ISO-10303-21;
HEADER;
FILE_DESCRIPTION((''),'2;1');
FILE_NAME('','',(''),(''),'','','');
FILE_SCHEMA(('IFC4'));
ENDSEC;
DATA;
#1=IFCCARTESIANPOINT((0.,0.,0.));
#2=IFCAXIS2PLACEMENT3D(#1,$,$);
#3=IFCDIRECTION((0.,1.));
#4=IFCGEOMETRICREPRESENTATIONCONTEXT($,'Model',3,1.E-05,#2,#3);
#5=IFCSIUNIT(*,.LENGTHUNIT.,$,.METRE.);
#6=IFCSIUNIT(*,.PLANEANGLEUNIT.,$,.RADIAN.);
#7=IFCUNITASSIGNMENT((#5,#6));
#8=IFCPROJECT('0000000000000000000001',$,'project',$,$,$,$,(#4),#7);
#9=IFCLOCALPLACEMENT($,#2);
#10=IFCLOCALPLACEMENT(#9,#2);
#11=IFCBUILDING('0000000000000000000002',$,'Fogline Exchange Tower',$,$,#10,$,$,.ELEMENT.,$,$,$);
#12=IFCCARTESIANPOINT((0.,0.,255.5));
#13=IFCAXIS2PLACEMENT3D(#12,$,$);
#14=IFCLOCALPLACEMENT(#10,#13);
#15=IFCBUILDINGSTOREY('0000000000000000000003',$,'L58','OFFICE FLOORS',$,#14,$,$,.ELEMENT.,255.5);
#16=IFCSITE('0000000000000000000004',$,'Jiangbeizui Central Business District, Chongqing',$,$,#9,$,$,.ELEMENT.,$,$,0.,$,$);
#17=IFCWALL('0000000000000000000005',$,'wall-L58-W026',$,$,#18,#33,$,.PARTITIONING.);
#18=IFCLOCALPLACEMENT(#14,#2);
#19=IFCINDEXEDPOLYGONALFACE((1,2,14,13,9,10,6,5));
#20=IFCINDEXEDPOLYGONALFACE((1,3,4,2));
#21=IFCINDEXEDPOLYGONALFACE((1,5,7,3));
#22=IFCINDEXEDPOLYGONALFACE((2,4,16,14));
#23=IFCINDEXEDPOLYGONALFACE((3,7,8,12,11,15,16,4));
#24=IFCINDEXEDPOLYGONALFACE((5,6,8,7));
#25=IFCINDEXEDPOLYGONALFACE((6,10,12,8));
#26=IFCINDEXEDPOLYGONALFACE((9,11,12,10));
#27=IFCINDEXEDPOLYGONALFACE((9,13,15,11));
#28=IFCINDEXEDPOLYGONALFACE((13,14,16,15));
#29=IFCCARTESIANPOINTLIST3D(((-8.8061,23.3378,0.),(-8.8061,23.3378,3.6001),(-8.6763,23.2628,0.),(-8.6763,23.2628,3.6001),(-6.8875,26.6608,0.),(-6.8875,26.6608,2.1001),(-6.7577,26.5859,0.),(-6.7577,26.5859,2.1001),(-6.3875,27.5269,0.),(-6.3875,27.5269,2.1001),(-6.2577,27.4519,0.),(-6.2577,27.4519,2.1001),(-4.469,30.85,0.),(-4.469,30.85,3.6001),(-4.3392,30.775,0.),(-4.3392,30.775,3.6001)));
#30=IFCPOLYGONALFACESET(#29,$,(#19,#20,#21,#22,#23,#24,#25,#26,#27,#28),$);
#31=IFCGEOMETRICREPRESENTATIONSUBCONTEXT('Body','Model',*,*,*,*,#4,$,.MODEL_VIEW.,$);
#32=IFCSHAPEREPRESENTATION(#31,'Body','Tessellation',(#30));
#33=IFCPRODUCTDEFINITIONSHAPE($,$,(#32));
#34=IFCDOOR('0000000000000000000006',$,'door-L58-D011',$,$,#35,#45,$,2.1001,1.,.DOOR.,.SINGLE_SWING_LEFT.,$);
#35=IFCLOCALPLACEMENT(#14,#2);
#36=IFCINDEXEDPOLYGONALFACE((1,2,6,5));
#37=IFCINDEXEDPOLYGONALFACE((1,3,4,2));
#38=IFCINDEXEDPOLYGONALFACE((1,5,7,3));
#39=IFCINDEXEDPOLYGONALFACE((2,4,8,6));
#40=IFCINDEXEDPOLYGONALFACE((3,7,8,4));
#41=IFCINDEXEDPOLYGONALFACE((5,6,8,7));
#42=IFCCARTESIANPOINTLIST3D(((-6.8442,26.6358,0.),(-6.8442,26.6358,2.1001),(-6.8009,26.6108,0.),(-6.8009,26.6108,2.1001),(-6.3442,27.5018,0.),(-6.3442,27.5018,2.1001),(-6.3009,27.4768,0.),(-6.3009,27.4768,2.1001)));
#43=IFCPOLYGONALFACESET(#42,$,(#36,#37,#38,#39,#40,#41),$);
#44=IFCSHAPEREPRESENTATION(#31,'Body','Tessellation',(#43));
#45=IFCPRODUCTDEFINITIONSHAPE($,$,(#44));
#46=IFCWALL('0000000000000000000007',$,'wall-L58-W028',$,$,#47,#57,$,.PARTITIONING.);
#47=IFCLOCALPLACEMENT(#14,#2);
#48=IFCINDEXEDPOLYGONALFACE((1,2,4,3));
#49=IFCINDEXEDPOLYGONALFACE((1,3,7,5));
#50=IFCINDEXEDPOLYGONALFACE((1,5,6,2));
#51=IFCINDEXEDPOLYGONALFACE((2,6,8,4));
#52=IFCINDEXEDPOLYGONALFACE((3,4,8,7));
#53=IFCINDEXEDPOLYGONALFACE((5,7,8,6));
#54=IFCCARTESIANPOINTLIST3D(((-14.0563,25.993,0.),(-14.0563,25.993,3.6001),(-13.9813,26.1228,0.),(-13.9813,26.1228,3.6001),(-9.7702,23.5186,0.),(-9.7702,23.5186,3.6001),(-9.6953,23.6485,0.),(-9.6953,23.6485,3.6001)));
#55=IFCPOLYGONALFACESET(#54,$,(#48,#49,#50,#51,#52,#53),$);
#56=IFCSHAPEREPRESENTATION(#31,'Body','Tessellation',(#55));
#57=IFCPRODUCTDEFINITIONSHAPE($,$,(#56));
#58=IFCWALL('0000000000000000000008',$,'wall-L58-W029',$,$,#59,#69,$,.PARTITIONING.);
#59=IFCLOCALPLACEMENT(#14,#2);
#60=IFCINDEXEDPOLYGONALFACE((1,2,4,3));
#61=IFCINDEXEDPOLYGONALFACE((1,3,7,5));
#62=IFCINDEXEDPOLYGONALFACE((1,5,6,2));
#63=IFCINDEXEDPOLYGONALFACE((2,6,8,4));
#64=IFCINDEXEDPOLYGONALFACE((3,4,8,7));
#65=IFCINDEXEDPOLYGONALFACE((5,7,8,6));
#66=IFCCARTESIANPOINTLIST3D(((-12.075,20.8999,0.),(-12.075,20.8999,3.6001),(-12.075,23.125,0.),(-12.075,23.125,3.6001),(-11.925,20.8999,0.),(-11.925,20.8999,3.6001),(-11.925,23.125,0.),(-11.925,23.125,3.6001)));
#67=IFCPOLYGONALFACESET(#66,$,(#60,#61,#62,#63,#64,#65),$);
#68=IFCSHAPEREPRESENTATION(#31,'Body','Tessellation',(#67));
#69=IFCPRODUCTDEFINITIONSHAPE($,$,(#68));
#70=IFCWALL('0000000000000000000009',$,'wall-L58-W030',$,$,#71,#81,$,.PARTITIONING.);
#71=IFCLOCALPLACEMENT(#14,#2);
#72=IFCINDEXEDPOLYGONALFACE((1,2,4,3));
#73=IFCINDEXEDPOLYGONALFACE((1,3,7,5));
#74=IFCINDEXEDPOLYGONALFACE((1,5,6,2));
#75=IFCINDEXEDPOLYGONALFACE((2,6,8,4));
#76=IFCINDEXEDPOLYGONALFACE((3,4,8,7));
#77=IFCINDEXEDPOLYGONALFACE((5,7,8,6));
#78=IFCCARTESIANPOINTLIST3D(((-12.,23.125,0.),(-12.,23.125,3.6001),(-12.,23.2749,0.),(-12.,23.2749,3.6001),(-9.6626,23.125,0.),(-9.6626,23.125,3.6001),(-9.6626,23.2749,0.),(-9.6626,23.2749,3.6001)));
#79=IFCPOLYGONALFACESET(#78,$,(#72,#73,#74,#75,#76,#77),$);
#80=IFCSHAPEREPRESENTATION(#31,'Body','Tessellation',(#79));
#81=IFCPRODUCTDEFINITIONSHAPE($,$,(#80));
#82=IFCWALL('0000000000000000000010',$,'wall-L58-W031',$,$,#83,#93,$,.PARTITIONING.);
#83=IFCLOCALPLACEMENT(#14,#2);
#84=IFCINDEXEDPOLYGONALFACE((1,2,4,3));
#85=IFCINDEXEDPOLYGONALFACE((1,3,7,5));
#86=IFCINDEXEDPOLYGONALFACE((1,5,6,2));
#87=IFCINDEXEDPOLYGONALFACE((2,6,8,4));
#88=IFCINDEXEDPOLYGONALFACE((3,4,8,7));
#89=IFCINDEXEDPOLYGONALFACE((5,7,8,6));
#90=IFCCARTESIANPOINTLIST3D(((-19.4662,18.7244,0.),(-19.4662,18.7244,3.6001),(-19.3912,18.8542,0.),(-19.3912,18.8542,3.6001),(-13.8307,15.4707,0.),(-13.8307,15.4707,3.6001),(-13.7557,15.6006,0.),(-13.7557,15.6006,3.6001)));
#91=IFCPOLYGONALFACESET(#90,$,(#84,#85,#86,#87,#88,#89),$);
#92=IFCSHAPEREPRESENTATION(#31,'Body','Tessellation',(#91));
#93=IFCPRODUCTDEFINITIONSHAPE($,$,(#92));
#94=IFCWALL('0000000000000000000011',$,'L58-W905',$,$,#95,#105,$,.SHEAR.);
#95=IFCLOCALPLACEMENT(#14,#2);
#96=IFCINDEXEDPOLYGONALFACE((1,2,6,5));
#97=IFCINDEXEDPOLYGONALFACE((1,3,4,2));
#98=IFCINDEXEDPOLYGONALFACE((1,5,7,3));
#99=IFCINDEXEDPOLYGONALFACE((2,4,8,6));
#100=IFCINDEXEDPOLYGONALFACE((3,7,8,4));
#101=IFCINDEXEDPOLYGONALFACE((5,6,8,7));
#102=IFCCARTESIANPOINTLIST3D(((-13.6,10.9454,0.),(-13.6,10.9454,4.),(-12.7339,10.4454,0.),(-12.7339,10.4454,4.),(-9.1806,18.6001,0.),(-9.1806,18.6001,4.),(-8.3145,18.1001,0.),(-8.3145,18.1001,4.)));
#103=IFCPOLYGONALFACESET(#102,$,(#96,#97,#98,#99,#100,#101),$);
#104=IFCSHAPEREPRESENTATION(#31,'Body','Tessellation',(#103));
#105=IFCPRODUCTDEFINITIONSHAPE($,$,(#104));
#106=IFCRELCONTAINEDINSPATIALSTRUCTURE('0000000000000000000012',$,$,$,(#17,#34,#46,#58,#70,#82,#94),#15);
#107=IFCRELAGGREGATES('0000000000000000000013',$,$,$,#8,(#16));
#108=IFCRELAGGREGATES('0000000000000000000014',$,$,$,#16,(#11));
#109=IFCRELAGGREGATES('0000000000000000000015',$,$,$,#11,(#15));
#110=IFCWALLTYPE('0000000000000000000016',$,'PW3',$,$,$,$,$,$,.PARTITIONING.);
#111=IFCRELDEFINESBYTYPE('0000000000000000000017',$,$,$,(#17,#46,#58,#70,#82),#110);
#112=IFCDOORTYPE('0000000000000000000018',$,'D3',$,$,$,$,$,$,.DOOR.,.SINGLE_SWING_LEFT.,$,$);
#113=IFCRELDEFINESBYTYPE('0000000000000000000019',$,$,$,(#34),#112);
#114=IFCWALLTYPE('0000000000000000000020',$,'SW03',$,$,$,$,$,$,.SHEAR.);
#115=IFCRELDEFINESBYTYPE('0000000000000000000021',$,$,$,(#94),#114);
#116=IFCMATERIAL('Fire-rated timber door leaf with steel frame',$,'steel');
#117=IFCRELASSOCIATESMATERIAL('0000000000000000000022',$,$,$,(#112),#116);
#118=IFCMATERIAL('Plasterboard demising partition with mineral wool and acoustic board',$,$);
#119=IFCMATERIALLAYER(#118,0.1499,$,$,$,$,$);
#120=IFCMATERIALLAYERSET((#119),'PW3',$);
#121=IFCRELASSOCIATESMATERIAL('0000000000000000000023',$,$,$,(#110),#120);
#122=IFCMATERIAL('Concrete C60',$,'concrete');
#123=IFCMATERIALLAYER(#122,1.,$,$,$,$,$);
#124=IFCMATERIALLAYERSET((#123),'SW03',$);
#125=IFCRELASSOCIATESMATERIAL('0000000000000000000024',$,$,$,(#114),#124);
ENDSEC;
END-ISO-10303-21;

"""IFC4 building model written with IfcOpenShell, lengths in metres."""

from ifc_helpers import new_model, si_unit, direction, frame, frame_2d, origin, place, context, subcontext, project, spatial, rectangle, extrude, material, layer, layer_set, type_object, element, fill, save


model = new_model("IFC4")

# Units and contexts
model_context = context("Model", 3, precision=1e-05, world=origin(), true_north=direction((0.0, 1.0)))
body_context = subcontext(model_context, "Body", "Model", "MODEL_VIEW")
ifc_project = project(units=[si_unit("LENGTHUNIT", "METRE"), si_unit("PLANEANGLEUNIT", "RADIAN")], contexts=[model_context])

# Site, building, storey
site_placement = place(None, origin())
site = spatial("IfcSite", under=ifc_project, at=site_placement, Name="Jiangbeizui Central Business District, Chongqing", CompositionType="ELEMENT", RefElevation=0.0)
building_placement = place(site_placement, origin())
building = spatial("IfcBuilding", under=site, at=building_placement, Name="Fogline Exchange Tower", CompositionType="ELEMENT")
storey_placement = place(building_placement, frame((0.0, 0.0, 255.5)))
storey = spatial("IfcBuildingStorey", under=building, at=storey_placement, Name="L58", Description="OFFICE FLOORS", CompositionType="ELEMENT", Elevation=255.5)

# Shared definitions
ifc_material_1 = material(Name="Concrete C60", Category="concrete")

# Shared definitions
ifc_material_2 = material(Name="Fire-rated timber door leaf with steel frame", Category="steel")
door_type_1 = type_object("IfcDoorType", Name="D3", OperationType="SINGLE_SWING_LEFT", PredefinedType="DOOR", material=ifc_material_2)

# Wall, opening, door
ifc_material_3 = material(Name="Plasterboard demising partition with mineral wool and acoustic board")
ifc_layer_1 = layer(ifc_material_3, 0.1499)
ifc_layer_set_1 = layer_set([ifc_layer_1], Name="PW3")
wall_type_1 = type_object("IfcWallType", Name="PW3", PredefinedType="PARTITIONING", material=ifc_layer_set_1)
wall_1_placement = place(storey_placement, frame((-8.7412, 23.3003, 0.0), z_axis=(0.0, 0.0, 1.0), x_axis=(0.499999, 0.866026, 0.0)))
wall_1 = element("IfcWall", 1, at=wall_1_placement, inside=storey, type_object=wall_type_1, Name="wall-L58-W026", PredefinedType="PARTITIONING", context=body_context, shape_type="SweptSolid", body=[
    extrude(rectangle(XDim=8.6743, YDim=0.1499, at=frame_2d((4.3372, 0.0))), origin(), (0.0, 0.0, 1.0), 3.6001),
])
opening_1_placement = place(wall_1_placement, frame((3.8372, 0.0, 0.0)))
opening_1 = element("IfcOpeningElement", 2, at=opening_1_placement, cuts=wall_1, PredefinedType="OPENING", context=body_context, shape_type="SweptSolid", body=[
    extrude(rectangle(XDim=1.0, YDim=2.1001, at=frame_2d((0.5, 1.05))), frame((0.0, 0.085, 0.0), z_axis=(0.0, -1.0, 0.0), x_axis=(1.0, 0.0, 0.0)), (0.0, 0.0, 1.0), 0.1699),
])
door_1_placement = place(opening_1_placement, origin())
door_1 = element("IfcDoor", 3, at=door_1_placement, inside=storey, type_object=door_type_1, Name="door-L58-D011", OperationType="SINGLE_SWING_LEFT", OverallHeight=2.1001, OverallWidth=1.0, PredefinedType="DOOR", context=body_context, shape_type="SweptSolid", body=[
    extrude(rectangle(XDim=1.0, YDim=2.1001, at=frame_2d((0.5, 1.05))), frame((0.0, 0.0249, 0.0), z_axis=(0.0, -1.0, 0.0), x_axis=(1.0, 0.0, 0.0)), (0.0, 0.0, 1.0), 0.05),
])
fill(opening_1, door_1)

# Walls
wall_2_placement = place(storey_placement, frame((-9.7327, 23.5835, 0.0), z_axis=(0.0, 0.0, 1.0), x_axis=(-0.866046, 0.499964, 0.0)))
element("IfcWall", 4, at=wall_2_placement, inside=storey, type_object=wall_type_1, Name="wall-L58-W028", PredefinedType="PARTITIONING", context=body_context, shape_type="SweptSolid", body=[
    extrude(rectangle(XDim=4.949, YDim=0.1499, at=frame_2d((2.4746, 0.0))), origin(), (0.0, 0.0, 1.0), 3.6001),
])
wall_3_placement = place(storey_placement, frame((-12.0, 20.8999, 0.0), z_axis=(0.0, 0.0, 1.0), x_axis=(0.0, 1.0, 0.0)))
element("IfcWall", 5, at=wall_3_placement, inside=storey, type_object=wall_type_1, Name="wall-L58-W029", PredefinedType="PARTITIONING", context=body_context, shape_type="SweptSolid", body=[
    extrude(rectangle(XDim=2.2251, YDim=0.1499, at=frame_2d((1.1125, 0.0))), origin(), (0.0, 0.0, 1.0), 3.6001),
])
wall_4_placement = place(storey_placement, frame((-12.0, 23.2, 0.0), z_axis=(0.0, 0.0, 1.0), x_axis=(1.0, 0.0, 0.0)))
element("IfcWall", 6, at=wall_4_placement, inside=storey, type_object=wall_type_1, Name="wall-L58-W030", PredefinedType="PARTITIONING", context=body_context, shape_type="SweptSolid", body=[
    extrude(rectangle(XDim=2.3374, YDim=0.1499, at=frame_2d((1.1687, 0.0))), origin(), (0.0, 0.0, 1.0), 3.6001),
])
wall_5_placement = place(storey_placement, frame((-13.7932, 15.5356, 0.0), z_axis=(0.0, 0.0, 1.0), x_axis=(-0.866025, 0.500001, 0.0)))
element("IfcWall", 7, at=wall_5_placement, inside=storey, type_object=wall_type_1, Name="wall-L58-W031", PredefinedType="PARTITIONING", context=body_context, shape_type="SweptSolid", body=[
    extrude(rectangle(XDim=6.5073, YDim=0.1499, at=frame_2d((3.2537, 0.0))), origin(), (0.0, 0.0, 1.0), 3.6001),
])
ifc_layer_2 = layer(ifc_material_1, 1.0)
ifc_layer_set_2 = layer_set([ifc_layer_2], Name="SW03")
wall_type_2 = type_object("IfcWallType", Name="SW03", PredefinedType="SHEAR", material=ifc_layer_set_2)
wall_6_placement = place(storey_placement, frame((-8.7476, 18.3501, 0.0), z_axis=(0.0, 0.0, 1.0), x_axis=(-0.499995, -0.866028, 0.0)))
element("IfcWall", 8, at=wall_6_placement, inside=storey, type_object=wall_type_2, Name="L58-W905", PredefinedType="SHEAR", context=body_context, shape_type="SweptSolid", body=[
    extrude(rectangle(XDim=8.8389, YDim=1.0, at=frame_2d((4.4194, 0.0))), origin(), (0.0, 0.0, 1.0), 4.0),
])

save(model, "model.ifc")
